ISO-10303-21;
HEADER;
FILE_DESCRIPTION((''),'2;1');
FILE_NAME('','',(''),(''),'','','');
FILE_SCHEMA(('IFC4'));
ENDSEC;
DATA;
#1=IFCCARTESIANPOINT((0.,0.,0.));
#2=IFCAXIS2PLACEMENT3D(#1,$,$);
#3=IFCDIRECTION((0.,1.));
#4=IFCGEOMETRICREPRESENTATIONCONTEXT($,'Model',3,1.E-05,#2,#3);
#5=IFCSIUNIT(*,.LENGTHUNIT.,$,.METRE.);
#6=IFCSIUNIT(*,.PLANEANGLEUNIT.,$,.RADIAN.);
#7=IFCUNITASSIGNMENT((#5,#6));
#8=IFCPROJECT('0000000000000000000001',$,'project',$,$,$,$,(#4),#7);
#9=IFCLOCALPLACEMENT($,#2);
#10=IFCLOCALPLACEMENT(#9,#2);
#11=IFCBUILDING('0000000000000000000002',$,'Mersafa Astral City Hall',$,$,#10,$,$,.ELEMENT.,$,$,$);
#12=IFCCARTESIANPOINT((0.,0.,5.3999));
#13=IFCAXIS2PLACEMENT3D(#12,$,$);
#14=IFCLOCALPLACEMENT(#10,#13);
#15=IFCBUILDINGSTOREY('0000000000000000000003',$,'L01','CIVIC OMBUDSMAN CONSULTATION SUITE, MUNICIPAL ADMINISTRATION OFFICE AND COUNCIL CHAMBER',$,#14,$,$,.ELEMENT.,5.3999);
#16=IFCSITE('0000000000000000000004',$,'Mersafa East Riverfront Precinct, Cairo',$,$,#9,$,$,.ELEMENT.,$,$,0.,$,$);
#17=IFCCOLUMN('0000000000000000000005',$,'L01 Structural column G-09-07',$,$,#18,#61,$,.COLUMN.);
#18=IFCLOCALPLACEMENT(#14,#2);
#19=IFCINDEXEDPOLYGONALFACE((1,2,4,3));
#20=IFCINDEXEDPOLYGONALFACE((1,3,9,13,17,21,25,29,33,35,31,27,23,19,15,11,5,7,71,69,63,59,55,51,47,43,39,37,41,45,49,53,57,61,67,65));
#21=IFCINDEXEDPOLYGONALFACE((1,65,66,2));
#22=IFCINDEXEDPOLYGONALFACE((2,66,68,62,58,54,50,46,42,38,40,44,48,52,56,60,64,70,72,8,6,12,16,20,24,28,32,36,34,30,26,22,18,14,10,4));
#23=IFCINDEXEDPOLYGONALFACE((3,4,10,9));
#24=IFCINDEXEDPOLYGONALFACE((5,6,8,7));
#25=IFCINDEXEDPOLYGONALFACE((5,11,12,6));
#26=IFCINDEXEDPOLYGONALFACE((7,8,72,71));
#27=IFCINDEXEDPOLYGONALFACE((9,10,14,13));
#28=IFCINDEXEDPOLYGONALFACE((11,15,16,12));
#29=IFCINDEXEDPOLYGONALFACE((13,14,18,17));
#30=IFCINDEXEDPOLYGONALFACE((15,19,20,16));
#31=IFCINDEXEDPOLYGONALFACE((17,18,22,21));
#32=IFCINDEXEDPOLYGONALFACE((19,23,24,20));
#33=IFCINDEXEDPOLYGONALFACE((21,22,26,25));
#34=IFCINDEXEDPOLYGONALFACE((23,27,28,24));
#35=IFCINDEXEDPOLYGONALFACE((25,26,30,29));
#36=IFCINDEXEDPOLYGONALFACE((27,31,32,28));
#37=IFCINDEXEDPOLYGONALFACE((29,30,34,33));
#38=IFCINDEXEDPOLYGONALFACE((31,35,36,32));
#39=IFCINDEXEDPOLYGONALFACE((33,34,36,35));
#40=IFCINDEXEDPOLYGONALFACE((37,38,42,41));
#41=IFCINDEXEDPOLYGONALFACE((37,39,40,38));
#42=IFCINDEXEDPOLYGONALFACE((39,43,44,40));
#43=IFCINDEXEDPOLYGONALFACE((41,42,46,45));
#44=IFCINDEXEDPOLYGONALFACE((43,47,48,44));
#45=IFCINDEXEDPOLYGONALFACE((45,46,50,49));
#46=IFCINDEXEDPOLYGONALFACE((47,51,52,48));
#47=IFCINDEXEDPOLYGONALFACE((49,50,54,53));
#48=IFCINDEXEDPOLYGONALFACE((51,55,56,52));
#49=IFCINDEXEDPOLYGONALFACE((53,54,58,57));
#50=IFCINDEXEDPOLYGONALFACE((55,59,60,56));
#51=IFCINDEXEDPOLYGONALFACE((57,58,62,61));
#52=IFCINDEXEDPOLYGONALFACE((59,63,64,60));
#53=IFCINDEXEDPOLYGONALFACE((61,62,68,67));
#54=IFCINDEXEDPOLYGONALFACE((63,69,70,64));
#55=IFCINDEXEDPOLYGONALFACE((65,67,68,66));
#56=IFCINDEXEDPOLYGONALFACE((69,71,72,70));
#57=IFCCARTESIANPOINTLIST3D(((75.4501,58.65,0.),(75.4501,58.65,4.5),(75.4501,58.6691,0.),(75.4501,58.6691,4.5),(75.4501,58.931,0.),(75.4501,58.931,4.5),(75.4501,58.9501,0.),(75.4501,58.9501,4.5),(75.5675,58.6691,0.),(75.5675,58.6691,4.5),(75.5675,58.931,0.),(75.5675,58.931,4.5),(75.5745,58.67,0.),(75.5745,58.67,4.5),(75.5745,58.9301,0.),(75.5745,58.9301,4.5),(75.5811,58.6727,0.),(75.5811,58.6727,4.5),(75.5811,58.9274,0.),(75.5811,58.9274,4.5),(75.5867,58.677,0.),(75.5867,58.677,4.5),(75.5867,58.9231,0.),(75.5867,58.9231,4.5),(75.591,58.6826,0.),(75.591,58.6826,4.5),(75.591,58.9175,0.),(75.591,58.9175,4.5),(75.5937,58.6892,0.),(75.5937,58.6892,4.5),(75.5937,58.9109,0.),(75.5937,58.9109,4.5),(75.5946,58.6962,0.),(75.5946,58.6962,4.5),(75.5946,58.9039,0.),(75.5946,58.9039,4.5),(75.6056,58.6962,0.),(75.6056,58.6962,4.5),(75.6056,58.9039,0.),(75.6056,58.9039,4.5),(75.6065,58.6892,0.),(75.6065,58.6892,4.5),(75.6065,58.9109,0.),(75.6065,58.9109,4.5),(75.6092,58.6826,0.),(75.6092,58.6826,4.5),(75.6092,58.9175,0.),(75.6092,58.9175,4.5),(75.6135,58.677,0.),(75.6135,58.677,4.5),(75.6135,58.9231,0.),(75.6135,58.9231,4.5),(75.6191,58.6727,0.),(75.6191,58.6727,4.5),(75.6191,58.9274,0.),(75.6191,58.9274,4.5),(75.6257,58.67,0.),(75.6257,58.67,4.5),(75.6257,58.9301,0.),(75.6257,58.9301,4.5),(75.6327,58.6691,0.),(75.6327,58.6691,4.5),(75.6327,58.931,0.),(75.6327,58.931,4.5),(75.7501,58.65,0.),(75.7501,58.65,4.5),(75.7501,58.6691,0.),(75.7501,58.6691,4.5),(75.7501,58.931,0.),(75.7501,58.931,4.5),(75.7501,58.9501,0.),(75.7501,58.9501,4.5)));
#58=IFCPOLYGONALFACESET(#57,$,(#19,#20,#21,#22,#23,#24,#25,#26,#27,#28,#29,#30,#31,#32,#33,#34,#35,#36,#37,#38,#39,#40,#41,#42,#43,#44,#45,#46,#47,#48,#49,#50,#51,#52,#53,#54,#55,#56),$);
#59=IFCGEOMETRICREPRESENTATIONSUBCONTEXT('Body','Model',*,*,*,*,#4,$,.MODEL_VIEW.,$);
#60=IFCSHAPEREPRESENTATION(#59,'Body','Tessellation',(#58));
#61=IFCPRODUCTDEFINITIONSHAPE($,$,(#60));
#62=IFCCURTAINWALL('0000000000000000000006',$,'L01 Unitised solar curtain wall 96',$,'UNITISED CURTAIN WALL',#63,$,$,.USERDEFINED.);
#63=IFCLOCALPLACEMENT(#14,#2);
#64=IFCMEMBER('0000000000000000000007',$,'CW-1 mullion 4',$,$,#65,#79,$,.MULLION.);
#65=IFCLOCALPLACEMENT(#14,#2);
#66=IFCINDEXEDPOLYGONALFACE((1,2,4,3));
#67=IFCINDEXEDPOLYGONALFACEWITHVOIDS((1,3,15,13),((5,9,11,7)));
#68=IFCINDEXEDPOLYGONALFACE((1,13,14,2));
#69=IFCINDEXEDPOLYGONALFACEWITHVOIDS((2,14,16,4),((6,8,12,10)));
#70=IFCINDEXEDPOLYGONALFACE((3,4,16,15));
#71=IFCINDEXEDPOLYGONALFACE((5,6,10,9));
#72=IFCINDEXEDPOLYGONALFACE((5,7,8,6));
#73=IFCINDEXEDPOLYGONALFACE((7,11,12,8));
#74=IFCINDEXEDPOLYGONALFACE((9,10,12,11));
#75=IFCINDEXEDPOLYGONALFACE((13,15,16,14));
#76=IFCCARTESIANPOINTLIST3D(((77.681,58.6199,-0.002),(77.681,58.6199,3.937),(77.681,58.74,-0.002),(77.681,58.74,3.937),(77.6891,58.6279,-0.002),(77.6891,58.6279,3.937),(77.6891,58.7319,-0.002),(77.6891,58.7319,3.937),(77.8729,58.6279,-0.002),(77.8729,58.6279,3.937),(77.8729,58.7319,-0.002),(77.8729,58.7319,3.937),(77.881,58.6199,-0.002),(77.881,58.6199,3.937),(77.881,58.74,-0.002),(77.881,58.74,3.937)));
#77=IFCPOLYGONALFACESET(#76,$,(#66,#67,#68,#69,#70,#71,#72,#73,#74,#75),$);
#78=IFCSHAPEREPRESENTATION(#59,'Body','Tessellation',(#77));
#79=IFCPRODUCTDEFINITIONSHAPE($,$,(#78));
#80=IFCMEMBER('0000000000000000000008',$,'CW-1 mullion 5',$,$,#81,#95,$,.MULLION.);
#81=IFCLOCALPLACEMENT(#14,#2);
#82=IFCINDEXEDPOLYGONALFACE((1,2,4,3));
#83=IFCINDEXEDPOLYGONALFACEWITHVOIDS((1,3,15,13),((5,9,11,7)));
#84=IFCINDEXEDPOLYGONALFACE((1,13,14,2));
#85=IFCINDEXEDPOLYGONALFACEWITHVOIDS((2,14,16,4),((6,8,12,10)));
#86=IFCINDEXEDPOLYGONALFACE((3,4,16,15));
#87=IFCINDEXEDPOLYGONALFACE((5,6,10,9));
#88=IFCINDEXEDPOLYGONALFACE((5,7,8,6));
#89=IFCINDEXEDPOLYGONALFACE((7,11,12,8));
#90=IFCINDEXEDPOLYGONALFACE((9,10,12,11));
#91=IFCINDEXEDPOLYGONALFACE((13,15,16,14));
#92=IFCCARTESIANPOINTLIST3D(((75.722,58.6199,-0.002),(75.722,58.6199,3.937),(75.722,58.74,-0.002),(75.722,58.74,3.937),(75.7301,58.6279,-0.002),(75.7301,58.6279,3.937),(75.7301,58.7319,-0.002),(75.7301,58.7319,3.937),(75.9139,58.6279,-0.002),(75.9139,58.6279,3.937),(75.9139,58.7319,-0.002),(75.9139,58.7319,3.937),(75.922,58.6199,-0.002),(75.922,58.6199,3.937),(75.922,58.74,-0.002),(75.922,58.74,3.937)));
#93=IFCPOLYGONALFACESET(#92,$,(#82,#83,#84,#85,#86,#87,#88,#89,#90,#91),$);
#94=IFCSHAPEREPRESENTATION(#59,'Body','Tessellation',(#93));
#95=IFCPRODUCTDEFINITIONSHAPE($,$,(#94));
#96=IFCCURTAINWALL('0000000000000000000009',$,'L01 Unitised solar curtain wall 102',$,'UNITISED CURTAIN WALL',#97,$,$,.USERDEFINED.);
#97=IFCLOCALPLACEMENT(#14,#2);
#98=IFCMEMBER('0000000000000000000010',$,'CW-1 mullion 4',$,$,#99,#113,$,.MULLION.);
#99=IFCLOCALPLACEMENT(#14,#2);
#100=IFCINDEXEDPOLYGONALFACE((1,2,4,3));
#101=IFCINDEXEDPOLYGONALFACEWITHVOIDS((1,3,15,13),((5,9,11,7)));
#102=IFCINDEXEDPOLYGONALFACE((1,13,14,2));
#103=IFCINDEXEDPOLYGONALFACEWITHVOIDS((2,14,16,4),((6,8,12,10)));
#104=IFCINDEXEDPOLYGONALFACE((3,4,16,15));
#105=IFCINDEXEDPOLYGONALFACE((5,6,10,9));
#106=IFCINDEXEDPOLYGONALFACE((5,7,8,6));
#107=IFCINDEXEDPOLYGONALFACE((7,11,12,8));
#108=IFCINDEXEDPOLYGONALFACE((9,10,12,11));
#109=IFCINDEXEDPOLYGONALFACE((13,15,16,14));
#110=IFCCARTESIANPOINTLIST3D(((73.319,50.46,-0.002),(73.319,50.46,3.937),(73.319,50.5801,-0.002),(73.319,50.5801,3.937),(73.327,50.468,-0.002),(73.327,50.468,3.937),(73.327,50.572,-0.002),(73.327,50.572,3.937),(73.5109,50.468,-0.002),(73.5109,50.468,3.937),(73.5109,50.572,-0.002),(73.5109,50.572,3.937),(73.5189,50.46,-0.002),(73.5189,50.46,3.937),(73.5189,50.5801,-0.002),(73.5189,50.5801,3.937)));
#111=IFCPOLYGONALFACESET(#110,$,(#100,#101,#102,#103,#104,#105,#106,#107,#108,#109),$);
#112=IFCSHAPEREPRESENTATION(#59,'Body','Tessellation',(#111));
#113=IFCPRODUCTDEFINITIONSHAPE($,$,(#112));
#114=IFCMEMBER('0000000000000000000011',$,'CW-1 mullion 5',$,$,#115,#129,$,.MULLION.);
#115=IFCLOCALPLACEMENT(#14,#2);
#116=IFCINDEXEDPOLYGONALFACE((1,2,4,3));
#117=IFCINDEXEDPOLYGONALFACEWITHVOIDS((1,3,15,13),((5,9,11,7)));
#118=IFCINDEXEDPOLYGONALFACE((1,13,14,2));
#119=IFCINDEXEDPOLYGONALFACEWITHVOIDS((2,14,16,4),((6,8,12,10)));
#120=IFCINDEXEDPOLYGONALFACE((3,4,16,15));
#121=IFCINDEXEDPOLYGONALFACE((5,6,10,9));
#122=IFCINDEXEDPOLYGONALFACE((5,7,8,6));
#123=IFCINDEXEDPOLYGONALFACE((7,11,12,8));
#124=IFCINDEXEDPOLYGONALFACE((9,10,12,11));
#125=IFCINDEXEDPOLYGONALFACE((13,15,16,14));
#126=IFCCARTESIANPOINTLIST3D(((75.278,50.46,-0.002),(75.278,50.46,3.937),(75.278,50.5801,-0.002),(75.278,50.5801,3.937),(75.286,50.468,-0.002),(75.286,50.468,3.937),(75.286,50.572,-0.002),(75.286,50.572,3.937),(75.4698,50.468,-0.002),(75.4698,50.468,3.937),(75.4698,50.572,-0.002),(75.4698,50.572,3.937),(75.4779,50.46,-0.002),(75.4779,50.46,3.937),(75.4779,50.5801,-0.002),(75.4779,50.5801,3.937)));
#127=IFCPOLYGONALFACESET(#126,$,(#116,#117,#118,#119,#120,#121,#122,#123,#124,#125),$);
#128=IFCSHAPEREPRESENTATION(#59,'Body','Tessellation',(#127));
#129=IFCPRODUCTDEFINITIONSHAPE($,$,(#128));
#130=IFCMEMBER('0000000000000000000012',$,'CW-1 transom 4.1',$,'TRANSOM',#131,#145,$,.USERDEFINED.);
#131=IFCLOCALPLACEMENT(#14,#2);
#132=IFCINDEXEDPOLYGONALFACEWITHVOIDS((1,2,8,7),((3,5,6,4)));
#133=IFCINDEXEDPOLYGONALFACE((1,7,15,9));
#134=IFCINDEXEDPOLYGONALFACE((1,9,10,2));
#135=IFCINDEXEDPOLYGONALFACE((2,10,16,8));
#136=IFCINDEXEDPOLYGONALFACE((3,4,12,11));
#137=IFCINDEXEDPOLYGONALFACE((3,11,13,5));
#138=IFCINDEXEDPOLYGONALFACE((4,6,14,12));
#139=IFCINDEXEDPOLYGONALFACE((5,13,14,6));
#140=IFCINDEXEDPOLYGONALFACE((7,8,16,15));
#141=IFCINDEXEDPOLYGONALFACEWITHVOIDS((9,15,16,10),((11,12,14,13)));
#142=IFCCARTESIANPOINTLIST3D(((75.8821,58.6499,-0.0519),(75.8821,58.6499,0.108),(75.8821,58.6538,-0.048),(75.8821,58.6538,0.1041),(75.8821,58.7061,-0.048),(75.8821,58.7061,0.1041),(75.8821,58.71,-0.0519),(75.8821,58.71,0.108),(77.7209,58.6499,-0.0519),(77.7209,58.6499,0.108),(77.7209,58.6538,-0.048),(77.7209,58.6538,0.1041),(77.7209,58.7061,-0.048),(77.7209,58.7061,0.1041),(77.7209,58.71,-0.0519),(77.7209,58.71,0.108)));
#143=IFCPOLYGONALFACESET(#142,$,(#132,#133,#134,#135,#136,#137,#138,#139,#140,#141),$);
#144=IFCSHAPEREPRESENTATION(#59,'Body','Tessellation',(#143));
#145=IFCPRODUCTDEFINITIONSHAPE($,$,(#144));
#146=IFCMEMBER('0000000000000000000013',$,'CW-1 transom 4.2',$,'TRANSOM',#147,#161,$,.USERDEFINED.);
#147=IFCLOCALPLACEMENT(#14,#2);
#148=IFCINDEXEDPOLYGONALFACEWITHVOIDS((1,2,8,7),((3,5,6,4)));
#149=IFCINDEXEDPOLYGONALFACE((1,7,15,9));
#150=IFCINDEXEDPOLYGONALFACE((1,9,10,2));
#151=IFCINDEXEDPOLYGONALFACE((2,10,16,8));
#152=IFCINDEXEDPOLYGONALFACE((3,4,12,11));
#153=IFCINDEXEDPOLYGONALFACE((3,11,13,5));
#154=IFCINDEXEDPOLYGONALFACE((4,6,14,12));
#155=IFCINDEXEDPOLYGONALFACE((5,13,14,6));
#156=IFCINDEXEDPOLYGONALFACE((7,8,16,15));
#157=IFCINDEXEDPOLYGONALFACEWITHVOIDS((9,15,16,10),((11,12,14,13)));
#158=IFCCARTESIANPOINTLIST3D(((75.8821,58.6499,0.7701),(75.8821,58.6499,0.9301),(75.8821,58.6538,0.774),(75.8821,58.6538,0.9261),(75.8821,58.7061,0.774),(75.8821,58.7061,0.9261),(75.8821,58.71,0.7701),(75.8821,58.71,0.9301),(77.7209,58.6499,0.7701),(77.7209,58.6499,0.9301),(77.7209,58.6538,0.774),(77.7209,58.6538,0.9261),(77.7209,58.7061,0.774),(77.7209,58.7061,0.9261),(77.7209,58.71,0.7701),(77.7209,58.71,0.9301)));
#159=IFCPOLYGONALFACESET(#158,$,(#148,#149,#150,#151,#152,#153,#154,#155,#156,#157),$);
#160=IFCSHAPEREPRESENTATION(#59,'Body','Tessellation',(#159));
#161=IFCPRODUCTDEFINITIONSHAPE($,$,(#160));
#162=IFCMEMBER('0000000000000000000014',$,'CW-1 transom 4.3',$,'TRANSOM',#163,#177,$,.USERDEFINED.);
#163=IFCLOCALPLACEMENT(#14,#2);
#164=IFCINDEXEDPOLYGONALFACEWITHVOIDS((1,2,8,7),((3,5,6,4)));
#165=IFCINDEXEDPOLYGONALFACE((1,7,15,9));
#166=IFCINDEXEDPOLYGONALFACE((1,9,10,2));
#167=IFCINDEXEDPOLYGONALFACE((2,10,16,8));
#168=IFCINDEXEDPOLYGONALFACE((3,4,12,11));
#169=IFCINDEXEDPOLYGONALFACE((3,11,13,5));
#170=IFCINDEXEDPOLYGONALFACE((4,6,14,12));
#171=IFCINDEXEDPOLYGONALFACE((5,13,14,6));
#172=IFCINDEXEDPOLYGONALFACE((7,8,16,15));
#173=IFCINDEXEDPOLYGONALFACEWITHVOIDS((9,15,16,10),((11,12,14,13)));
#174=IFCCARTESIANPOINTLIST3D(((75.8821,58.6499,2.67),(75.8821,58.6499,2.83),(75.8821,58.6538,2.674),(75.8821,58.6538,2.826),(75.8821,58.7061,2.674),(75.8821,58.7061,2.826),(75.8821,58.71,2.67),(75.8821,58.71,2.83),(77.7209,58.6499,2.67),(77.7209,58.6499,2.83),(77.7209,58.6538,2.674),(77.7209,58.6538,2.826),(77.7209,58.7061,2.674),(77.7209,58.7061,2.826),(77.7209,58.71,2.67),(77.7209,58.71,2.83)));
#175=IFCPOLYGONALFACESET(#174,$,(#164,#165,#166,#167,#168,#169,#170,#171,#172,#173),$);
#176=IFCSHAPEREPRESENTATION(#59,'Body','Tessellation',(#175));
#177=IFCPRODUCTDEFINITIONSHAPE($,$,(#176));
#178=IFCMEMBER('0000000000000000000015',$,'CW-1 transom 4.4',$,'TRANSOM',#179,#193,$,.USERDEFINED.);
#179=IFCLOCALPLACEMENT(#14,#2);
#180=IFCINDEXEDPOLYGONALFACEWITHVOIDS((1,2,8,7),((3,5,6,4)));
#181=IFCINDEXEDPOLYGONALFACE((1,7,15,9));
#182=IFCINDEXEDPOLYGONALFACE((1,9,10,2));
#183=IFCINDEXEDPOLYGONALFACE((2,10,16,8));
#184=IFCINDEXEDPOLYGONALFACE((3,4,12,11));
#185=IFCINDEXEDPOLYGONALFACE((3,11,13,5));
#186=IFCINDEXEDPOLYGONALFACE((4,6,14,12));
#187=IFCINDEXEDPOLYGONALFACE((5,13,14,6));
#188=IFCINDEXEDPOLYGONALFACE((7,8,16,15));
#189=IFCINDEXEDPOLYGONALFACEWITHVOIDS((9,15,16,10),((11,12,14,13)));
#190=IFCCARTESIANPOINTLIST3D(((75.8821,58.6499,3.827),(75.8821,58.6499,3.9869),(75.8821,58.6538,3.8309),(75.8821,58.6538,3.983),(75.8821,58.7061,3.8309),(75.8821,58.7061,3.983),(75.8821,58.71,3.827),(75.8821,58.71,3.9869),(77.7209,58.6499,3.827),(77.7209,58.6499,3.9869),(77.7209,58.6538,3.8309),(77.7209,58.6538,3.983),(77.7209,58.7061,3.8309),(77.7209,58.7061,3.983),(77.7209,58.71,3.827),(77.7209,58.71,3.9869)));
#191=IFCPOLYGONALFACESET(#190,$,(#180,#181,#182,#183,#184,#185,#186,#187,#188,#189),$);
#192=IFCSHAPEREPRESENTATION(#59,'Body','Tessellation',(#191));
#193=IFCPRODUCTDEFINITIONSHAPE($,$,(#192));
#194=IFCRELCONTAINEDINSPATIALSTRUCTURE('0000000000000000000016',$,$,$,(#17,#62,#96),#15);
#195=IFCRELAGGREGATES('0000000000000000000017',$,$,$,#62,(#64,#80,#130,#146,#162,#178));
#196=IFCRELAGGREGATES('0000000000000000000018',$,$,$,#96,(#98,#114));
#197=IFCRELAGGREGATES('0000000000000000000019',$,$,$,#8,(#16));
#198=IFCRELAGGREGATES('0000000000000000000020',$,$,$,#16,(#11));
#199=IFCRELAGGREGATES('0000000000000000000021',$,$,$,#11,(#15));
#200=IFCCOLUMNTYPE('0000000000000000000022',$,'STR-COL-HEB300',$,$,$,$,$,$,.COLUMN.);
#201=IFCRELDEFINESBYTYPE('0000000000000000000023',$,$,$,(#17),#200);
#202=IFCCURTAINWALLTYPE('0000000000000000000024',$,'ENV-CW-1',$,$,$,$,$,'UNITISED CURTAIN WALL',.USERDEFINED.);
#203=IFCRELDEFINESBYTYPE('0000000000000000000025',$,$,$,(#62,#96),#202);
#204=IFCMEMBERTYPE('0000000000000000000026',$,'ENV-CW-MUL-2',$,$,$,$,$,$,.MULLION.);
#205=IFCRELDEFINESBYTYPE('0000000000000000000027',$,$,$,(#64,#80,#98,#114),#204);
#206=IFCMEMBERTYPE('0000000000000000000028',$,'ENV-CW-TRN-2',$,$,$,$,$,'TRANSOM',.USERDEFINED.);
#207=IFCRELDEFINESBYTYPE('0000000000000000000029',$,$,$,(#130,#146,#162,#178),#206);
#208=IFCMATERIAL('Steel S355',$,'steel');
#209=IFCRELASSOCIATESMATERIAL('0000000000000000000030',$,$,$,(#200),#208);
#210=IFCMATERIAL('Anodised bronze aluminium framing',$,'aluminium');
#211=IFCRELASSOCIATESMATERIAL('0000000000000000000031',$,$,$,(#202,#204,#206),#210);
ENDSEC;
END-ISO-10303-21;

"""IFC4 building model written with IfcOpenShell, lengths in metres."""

from ifc_helpers import new_model, si_unit, direction, frame, origin, origin_2d, place, context, subcontext, project, spatial, hollow_rectangle, i_section, extrude, material, material_profile, profile_set, type_object, element, aggregate, save


model = new_model("IFC4")

# Units and contexts
model_context = context("Model", 3, precision=1e-05, world=origin(), true_north=direction((0.0, 1.0)))
body_context = subcontext(model_context, "Body", "Model", "MODEL_VIEW")
ifc_project = project(units=[si_unit("LENGTHUNIT", "METRE"), si_unit("PLANEANGLEUNIT", "RADIAN")], contexts=[model_context])

# Site, building, storey
site_placement = place(None, origin())
site = spatial("IfcSite", under=ifc_project, at=site_placement, Name="Mersafa East Riverfront Precinct, Cairo", CompositionType="ELEMENT", RefElevation=0.0)
building_placement = place(site_placement, origin())
building = spatial("IfcBuilding", under=site, at=building_placement, Name="Mersafa Astral City Hall", CompositionType="ELEMENT")
storey_placement = place(building_placement, frame((0.0, 0.0, 5.3999)))
storey = spatial("IfcBuildingStorey", under=building, at=storey_placement, Name="L01", Description="CIVIC OMBUDSMAN CONSULTATION SUITE, MUNICIPAL ADMINISTRATION OFFICE AND COUNCIL CHAMBER", CompositionType="ELEMENT", Elevation=5.3999)

# Column
ifc_material_1 = material(Name="Steel S355", Category="steel")
ifc_material_profile_1 = material_profile(ifc_material_1, i_section(OverallWidth=0.3, OverallDepth=0.3, WebThickness=0.011, FlangeThickness=0.019, FilletRadius=0.0271, at=origin_2d()), Name="HEB 300")
ifc_profile_set_1 = profile_set([ifc_material_profile_1], Name="Steel S355")
column_type = type_object("IfcColumnType", Name="STR-COL-HEB300", PredefinedType="COLUMN", material=ifc_profile_set_1)
column_placement = place(storey_placement, frame((75.6001, 58.8, 0.0), z_axis=(0.0, 0.0, 1.0), x_axis=(1.0, 0.0, 0.0)))
element("IfcColumn", 1, at=column_placement, inside=storey, type_object=column_type, Name="L01 Structural column G-09-07", PredefinedType="COLUMN", context=body_context, shape_type="SweptSolid", body=[
    extrude(i_section(OverallWidth=0.3, OverallDepth=0.3, WebThickness=0.011, FlangeThickness=0.019, FilletRadius=0.0271, at=origin_2d()), origin(), (0.0, 0.0, 1.0), 4.5),
])

# Curtain walls, members
ifc_material_2 = material(Name="Anodised bronze aluminium framing", Category="aluminium")
curtain_wall_type = type_object("IfcCurtainWallType", Name="ENV-CW-1", ElementType="UNITISED CURTAIN WALL", PredefinedType="USERDEFINED", material=ifc_material_2)
curtain_wall_1_placement = place(storey_placement, origin())
curtain_wall_1 = element("IfcCurtainWall", 2, at=curtain_wall_1_placement, inside=storey, type_object=curtain_wall_type, Name="L01 Unitised solar curtain wall 96", ObjectType="UNITISED CURTAIN WALL", PredefinedType="USERDEFINED")
ifc_material_profile_2 = material_profile(ifc_material_2, hollow_rectangle(XDim=0.1201, YDim=0.2, WallThickness=0.0081, at=origin_2d()), Name="RHS 120x200x8")
ifc_profile_set_2 = profile_set([ifc_material_profile_2], Name="Anodised bronze aluminium framing")
member_type_1 = type_object("IfcMemberType", Name="ENV-CW-MUL-2", PredefinedType="MULLION", material=ifc_profile_set_2)
member_1_placement = place(storey_placement, frame((77.781, 58.6799, -0.002), z_axis=(0.0, 0.0, 1.0), x_axis=(0.0, -1.0, 0.0)))
member_1 = element("IfcMember", 3, at=member_1_placement, type_object=member_type_1, Name="CW-1 mullion 4", PredefinedType="MULLION", context=body_context, shape_type="SweptSolid", body=[
    extrude(hollow_rectangle(XDim=0.1201, YDim=0.2, WallThickness=0.0081, at=origin_2d()), origin(), (0.0, 0.0, 1.0), 3.939),
])
member_2_placement = place(storey_placement, frame((75.822, 58.6799, -0.002), z_axis=(0.0, 0.0, 1.0), x_axis=(0.0, -1.0, 0.0)))
member_2 = element("IfcMember", 4, at=member_2_placement, type_object=member_type_1, Name="CW-1 mullion 5", PredefinedType="MULLION", context=body_context, shape_type="SweptSolid", body=[
    extrude(hollow_rectangle(XDim=0.1201, YDim=0.2, WallThickness=0.0081, at=origin_2d()), origin(), (0.0, 0.0, 1.0), 3.939),
])
curtain_wall_2_placement = place(storey_placement, origin())
curtain_wall_2 = element("IfcCurtainWall", 5, at=curtain_wall_2_placement, inside=storey, type_object=curtain_wall_type, Name="L01 Unitised solar curtain wall 102", ObjectType="UNITISED CURTAIN WALL", PredefinedType="USERDEFINED")
member_3_placement = place(storey_placement, frame((73.4189, 50.52, -0.002), z_axis=(0.0, 0.0, 1.0), x_axis=(0.0, 1.0, 0.0)))
member_3 = element("IfcMember", 6, at=member_3_placement, type_object=member_type_1, Name="CW-1 mullion 4", PredefinedType="MULLION", context=body_context, shape_type="SweptSolid", body=[
    extrude(hollow_rectangle(XDim=0.1201, YDim=0.2, WallThickness=0.0081, at=origin_2d()), origin(), (0.0, 0.0, 1.0), 3.939),
])
member_4_placement = place(storey_placement, frame((75.3779, 50.52, -0.002), z_axis=(0.0, 0.0, 1.0), x_axis=(0.0, 1.0, 0.0)))
member_4 = element("IfcMember", 7, at=member_4_placement, type_object=member_type_1, Name="CW-1 mullion 5", PredefinedType="MULLION", context=body_context, shape_type="SweptSolid", body=[
    extrude(hollow_rectangle(XDim=0.1201, YDim=0.2, WallThickness=0.0081, at=origin_2d()), origin(), (0.0, 0.0, 1.0), 3.939),
])

# Members
ifc_material_profile_3 = material_profile(ifc_material_2, hollow_rectangle(XDim=0.0601, YDim=0.1599, WallThickness=0.0039, at=origin_2d()), Name="RHS 60x160x4")
ifc_profile_set_3 = profile_set([ifc_material_profile_3], Name="Anodised bronze aluminium framing")
member_type_2 = type_object("IfcMemberType", Name="ENV-CW-TRN-2", ElementType="TRANSOM", PredefinedType="USERDEFINED", material=ifc_profile_set_3)
member_5_placement = place(storey_placement, frame((77.7209, 58.6799, 0.0281), z_axis=(-1.0, 0.0, 0.0), x_axis=(0.0, -1.0, 0.0)))
member_5 = element("IfcMember", 8, at=member_5_placement, type_object=member_type_2, Name="CW-1 transom 4.1", ObjectType="TRANSOM", PredefinedType="USERDEFINED", context=body_context, shape_type="SweptSolid", body=[
    extrude(hollow_rectangle(XDim=0.0601, YDim=0.1599, WallThickness=0.0039, at=origin_2d()), origin(), (0.0, 0.0, 1.0), 1.8389),
])
member_6_placement = place(storey_placement, frame((77.7209, 58.6799, 0.8501), z_axis=(-1.0, 0.0, 0.0), x_axis=(0.0, -1.0, 0.0)))
member_6 = element("IfcMember", 9, at=member_6_placement, type_object=member_type_2, Name="CW-1 transom 4.2", ObjectType="TRANSOM", PredefinedType="USERDEFINED", context=body_context, shape_type="SweptSolid", body=[
    extrude(hollow_rectangle(XDim=0.0601, YDim=0.1599, WallThickness=0.0039, at=origin_2d()), origin(), (0.0, 0.0, 1.0), 1.8389),
])
member_7_placement = place(storey_placement, frame((77.7209, 58.6799, 2.75), z_axis=(-1.0, 0.0, 0.0), x_axis=(0.0, -1.0, 0.0)))
member_7 = element("IfcMember", 10, at=member_7_placement, type_object=member_type_2, Name="CW-1 transom 4.3", ObjectType="TRANSOM", PredefinedType="USERDEFINED", context=body_context, shape_type="SweptSolid", body=[
    extrude(hollow_rectangle(XDim=0.0601, YDim=0.1599, WallThickness=0.0039, at=origin_2d()), origin(), (0.0, 0.0, 1.0), 1.8389),
])
member_8_placement = place(storey_placement, frame((77.7209, 58.6799, 3.907), z_axis=(-1.0, 0.0, 0.0), x_axis=(0.0, -1.0, 0.0)))
member_8 = element("IfcMember", 11, at=member_8_placement, type_object=member_type_2, Name="CW-1 transom 4.4", ObjectType="TRANSOM", PredefinedType="USERDEFINED", context=body_context, shape_type="SweptSolid", body=[
    extrude(hollow_rectangle(XDim=0.0601, YDim=0.1599, WallThickness=0.0039, at=origin_2d()), origin(), (0.0, 0.0, 1.0), 1.8389),
])

aggregate(curtain_wall_1, [member_1, member_2, member_5, member_6, member_7, member_8])
aggregate(curtain_wall_2, [member_3, member_4])

save(model, "model.ifc")
